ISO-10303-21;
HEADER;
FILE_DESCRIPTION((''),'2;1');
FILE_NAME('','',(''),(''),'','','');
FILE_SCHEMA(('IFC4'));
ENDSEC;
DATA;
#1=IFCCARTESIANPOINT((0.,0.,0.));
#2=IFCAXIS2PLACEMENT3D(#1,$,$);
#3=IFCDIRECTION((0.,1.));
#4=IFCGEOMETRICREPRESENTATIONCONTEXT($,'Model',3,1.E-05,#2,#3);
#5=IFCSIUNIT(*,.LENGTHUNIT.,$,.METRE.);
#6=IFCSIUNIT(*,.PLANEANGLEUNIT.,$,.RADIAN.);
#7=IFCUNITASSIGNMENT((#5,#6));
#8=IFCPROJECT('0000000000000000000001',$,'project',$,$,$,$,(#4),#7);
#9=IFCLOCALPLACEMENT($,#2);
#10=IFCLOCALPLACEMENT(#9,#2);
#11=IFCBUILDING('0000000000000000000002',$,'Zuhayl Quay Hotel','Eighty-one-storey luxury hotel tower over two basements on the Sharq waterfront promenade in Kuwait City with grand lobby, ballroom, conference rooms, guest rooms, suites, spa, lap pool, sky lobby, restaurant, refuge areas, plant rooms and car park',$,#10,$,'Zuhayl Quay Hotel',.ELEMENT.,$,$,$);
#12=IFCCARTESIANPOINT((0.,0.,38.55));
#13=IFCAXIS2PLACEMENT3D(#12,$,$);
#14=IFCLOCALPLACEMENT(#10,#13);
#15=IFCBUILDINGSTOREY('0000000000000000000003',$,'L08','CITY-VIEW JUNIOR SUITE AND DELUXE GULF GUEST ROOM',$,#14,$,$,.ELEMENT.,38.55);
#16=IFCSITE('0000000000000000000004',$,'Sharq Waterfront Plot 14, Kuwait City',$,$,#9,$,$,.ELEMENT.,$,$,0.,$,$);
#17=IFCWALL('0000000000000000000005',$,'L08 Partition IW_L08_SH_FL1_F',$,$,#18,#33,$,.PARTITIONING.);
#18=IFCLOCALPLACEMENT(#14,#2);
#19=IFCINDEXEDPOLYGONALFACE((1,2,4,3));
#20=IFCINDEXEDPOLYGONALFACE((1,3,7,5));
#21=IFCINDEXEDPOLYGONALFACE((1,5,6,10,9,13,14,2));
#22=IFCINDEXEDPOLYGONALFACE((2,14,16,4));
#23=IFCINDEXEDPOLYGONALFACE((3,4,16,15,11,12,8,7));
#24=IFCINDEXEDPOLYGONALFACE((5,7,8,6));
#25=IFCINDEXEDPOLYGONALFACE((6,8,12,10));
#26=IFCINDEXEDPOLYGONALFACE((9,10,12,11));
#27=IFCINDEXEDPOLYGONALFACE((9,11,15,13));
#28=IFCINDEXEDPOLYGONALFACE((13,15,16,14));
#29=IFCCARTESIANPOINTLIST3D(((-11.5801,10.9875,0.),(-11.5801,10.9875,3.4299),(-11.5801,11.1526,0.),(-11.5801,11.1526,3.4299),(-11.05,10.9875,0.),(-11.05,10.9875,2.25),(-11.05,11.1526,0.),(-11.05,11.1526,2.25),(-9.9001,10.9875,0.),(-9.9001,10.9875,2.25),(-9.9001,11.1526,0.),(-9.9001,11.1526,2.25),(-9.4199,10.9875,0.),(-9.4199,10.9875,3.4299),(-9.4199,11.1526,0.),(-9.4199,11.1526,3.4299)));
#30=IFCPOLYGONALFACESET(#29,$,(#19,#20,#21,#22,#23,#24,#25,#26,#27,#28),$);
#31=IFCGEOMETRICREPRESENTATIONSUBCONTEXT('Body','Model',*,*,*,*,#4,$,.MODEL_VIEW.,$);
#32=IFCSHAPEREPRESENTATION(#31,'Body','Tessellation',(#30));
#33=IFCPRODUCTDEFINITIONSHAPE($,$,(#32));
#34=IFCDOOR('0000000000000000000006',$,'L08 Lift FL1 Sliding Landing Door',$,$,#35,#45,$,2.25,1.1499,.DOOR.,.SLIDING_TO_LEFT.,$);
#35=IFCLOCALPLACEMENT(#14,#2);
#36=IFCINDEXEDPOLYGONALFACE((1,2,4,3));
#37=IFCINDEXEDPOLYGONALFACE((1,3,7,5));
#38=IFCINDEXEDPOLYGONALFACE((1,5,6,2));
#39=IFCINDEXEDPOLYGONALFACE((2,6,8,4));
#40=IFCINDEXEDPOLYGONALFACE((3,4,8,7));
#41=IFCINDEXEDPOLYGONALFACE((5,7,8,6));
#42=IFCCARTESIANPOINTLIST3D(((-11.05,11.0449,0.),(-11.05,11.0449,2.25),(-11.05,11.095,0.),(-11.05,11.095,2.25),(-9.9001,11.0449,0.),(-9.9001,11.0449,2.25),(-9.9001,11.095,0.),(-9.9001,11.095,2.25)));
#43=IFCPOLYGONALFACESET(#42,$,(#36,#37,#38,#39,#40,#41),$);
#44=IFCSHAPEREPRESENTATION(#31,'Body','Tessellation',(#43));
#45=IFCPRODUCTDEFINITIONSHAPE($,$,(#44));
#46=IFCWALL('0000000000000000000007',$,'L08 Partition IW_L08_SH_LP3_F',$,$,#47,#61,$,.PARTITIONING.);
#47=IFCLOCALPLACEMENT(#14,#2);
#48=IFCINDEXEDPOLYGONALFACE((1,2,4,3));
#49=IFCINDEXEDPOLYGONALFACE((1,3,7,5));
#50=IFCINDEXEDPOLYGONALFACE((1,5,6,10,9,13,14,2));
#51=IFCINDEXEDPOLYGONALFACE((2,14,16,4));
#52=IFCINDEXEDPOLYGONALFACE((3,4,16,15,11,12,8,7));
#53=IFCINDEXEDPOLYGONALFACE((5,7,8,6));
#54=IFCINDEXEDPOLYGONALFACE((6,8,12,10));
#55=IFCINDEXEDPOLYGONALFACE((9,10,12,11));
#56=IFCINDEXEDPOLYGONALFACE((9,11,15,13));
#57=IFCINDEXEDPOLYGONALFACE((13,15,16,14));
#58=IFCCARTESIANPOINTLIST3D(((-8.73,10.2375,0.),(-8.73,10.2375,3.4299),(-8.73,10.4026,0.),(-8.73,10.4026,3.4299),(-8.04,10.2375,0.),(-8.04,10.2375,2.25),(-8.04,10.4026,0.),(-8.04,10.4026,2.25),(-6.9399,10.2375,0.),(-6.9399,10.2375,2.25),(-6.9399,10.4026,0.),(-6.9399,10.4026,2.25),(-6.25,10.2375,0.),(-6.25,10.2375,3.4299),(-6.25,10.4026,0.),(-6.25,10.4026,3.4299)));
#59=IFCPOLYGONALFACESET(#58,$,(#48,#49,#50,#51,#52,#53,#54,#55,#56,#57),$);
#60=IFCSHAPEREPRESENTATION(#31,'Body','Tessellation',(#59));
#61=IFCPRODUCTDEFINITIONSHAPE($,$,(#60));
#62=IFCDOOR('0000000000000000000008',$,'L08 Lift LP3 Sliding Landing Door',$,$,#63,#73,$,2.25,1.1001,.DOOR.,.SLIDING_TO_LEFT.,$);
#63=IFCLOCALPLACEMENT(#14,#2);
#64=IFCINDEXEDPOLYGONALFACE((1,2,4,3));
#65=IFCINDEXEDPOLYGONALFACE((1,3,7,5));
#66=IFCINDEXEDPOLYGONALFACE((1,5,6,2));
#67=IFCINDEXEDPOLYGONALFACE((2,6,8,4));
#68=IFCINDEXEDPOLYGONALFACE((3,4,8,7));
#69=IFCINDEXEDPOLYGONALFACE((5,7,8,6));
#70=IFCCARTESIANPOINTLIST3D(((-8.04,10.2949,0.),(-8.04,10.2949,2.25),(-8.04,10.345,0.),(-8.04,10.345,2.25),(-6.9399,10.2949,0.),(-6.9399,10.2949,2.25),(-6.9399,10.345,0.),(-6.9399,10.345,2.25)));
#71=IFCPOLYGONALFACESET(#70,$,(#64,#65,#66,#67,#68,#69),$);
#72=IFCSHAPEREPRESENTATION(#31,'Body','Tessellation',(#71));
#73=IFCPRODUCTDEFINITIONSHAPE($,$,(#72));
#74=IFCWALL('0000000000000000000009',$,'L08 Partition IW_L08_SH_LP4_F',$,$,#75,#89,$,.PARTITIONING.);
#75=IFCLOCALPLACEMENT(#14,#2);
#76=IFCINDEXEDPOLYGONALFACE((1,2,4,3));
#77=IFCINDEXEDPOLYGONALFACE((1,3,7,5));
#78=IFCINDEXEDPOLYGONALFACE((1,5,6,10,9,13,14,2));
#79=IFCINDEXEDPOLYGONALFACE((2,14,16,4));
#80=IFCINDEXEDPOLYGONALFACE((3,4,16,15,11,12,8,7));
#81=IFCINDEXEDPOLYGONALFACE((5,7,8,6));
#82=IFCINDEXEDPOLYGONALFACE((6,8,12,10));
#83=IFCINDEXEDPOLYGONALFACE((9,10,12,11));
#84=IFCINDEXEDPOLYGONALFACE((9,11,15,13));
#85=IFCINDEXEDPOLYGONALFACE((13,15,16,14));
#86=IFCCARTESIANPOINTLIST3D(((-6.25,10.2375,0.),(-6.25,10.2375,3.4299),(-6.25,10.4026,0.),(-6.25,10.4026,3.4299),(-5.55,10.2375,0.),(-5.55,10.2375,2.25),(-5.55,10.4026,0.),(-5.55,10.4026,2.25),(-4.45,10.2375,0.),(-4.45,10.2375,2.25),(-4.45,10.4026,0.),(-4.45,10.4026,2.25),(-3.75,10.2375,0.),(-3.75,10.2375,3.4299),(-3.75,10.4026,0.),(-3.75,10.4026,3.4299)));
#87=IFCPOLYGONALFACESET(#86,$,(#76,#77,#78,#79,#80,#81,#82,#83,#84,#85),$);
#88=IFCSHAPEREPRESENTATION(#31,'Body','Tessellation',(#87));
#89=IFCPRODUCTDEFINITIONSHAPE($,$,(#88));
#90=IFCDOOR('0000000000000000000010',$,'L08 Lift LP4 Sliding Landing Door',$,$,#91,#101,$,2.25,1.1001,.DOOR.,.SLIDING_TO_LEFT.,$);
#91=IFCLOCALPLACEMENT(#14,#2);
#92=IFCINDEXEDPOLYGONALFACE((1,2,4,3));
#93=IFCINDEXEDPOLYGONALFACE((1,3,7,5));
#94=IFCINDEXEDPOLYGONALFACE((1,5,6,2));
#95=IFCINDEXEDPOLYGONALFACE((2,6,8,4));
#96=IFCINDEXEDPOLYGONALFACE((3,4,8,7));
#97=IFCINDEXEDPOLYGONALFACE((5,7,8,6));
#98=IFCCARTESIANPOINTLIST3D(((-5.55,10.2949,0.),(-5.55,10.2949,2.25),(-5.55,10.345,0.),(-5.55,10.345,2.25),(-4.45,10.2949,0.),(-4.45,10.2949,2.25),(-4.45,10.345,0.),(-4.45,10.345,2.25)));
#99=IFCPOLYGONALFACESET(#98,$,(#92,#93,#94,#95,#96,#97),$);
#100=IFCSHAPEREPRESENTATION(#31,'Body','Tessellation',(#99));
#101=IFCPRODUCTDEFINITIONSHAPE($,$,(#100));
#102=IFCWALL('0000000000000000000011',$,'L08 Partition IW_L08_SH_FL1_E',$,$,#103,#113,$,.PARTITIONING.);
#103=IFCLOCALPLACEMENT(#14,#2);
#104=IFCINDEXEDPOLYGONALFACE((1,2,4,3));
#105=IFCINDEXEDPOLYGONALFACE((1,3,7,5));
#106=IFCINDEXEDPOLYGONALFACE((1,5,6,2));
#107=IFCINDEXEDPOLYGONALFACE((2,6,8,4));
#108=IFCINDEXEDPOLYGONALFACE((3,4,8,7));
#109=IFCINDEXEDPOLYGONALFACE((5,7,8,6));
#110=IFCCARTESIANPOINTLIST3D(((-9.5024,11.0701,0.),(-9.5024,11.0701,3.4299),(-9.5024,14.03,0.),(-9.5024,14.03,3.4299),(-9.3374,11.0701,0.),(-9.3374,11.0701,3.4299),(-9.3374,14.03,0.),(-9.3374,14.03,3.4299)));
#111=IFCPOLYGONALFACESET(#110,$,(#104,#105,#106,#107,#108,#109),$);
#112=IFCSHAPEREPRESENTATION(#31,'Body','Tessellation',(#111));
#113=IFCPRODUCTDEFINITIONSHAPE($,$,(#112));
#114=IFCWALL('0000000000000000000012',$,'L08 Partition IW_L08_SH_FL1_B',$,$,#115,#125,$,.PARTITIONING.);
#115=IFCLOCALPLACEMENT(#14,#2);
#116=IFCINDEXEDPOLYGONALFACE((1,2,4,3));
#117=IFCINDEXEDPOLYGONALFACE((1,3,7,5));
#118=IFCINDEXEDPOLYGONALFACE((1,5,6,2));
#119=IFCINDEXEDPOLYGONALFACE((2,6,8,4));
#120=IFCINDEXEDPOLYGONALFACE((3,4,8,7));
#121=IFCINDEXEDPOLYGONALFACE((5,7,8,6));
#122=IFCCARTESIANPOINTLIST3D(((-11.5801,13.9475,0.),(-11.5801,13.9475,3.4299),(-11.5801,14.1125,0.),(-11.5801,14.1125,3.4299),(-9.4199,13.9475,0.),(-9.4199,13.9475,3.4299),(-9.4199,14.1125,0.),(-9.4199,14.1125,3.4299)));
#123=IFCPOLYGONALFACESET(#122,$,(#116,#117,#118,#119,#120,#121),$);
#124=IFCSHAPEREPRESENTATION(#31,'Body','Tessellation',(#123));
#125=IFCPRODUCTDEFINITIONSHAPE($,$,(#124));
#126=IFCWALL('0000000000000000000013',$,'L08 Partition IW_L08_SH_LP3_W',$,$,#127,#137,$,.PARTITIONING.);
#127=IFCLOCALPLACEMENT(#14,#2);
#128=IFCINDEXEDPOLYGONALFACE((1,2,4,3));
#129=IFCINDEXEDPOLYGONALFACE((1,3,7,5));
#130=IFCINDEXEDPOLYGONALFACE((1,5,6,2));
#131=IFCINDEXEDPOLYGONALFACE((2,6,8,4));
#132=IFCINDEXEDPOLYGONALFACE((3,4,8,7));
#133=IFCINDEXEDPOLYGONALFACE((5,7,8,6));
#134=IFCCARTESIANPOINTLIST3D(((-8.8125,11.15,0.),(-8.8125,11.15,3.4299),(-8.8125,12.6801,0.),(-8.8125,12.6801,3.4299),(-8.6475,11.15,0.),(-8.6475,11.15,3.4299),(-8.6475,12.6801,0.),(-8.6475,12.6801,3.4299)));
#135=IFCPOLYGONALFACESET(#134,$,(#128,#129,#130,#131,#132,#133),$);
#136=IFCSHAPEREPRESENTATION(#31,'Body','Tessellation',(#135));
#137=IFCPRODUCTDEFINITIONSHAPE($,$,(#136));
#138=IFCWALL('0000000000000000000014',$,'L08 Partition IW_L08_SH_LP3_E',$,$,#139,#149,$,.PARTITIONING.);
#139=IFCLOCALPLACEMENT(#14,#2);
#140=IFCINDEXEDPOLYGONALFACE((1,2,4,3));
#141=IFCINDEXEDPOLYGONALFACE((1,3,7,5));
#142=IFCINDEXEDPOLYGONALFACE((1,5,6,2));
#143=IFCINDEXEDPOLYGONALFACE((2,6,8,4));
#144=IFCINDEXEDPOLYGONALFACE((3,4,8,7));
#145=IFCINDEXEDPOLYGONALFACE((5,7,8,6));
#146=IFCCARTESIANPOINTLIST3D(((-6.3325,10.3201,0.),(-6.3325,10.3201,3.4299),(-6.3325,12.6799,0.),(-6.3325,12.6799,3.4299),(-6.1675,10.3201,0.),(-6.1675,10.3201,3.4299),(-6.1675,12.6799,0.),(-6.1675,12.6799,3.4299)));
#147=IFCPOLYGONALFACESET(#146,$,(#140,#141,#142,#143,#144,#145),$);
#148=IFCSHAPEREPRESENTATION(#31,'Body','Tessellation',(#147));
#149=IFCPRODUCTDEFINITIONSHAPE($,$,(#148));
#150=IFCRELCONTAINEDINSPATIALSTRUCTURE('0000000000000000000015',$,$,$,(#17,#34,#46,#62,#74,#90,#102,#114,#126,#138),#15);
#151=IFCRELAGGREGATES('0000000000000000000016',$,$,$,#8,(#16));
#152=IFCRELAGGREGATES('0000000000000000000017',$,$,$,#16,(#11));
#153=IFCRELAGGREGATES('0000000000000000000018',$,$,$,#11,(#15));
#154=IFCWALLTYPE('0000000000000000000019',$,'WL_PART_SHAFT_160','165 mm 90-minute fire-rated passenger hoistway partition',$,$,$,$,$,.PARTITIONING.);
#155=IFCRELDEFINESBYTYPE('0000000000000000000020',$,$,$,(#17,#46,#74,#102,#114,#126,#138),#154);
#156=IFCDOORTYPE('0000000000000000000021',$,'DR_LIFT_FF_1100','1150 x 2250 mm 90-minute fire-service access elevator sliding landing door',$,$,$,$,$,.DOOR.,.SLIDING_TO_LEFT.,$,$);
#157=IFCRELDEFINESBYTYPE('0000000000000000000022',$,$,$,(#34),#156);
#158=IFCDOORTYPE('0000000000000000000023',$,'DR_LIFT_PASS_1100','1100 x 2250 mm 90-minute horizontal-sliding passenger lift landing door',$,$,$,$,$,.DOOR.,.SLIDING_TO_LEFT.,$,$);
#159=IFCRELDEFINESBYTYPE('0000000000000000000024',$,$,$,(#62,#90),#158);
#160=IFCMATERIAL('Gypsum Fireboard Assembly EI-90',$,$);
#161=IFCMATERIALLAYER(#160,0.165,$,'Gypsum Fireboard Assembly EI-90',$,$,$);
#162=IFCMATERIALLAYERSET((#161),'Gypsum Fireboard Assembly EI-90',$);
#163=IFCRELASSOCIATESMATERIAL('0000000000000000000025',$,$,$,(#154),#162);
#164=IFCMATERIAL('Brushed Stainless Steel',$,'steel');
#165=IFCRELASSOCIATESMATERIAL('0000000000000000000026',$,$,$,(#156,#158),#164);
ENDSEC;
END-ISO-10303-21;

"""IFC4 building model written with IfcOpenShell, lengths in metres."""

from ifc_helpers import new_model, si_unit, direction, frame, frame_2d, origin, place, context, subcontext, project, spatial, rectangle, extrude, material, layer, layer_set, type_object, element, fill, save


model = new_model("IFC4")

# Units and contexts
model_context = context("Model", 3, precision=1e-05, world=origin(), true_north=direction((0.0, 1.0)))
body_context = subcontext(model_context, "Body", "Model", "MODEL_VIEW")
ifc_project = project(units=[si_unit("LENGTHUNIT", "METRE"), si_unit("PLANEANGLEUNIT", "RADIAN")], contexts=[model_context])

# Site, building, storey
site_placement = place(None, origin())
site = spatial("IfcSite", under=ifc_project, at=site_placement, Name="Sharq Waterfront Plot 14, Kuwait City", CompositionType="ELEMENT", RefElevation=0.0)
building_placement = place(site_placement, origin())
building = spatial("IfcBuilding", under=site, at=building_placement, Name="Zuhayl Quay Hotel", Description="Eighty-one-storey luxury hotel tower over two basements on the Sharq waterfront promenade in Kuwait City with grand lobby, ballroom, conference rooms, guest rooms, suites, spa, lap pool, sky lobby, restaurant, refuge areas, plant rooms and car park", LongName="Zuhayl Quay Hotel", CompositionType="ELEMENT")
storey_placement = place(building_placement, frame((0.0, 0.0, 38.55)))
storey = spatial("IfcBuildingStorey", under=building, at=storey_placement, Name="L08", Description="CITY-VIEW JUNIOR SUITE AND DELUXE GULF GUEST ROOM", CompositionType="ELEMENT", Elevation=38.55)

# Walls, openings, doors
ifc_material_1 = material(Name="Gypsum Fireboard Assembly EI-90")
ifc_layer_1 = layer(ifc_material_1, 0.165, Name="Gypsum Fireboard Assembly EI-90")
ifc_layer_set_1 = layer_set([ifc_layer_1], Name="Gypsum Fireboard Assembly EI-90")
wall_type_1 = type_object("IfcWallType", Name="WL_PART_SHAFT_160", Description="165 mm 90-minute fire-rated passenger hoistway partition", PredefinedType="PARTITIONING", material=ifc_layer_set_1)
wall_1_placement = place(storey_placement, frame((-11.5801, 11.0701, 0.0), z_axis=(0.0, 0.0, 1.0), x_axis=(1.0, 0.0, 0.0)))
wall_1 = element("IfcWall", 1, at=wall_1_placement, inside=storey, type_object=wall_type_1, Name="L08 Partition IW_L08_SH_FL1_F", PredefinedType="PARTITIONING", context=body_context, shape_type="SweptSolid", body=[
    extrude(rectangle(XDim=2.1602, YDim=0.165, at=frame_2d((1.0801, 0.0))), origin(), (0.0, 0.0, 1.0), 3.4299),
])
opening_1_placement = place(wall_1_placement, frame((0.53, 0.0, 0.0)))
opening_1 = element("IfcOpeningElement", 2, at=opening_1_placement, cuts=wall_1, PredefinedType="OPENING", context=body_context, shape_type="SweptSolid", body=[
    extrude(rectangle(XDim=1.1499, YDim=2.25, at=frame_2d((0.575, 1.125))), frame((0.0, 0.0925, 0.0), z_axis=(0.0, -1.0, 0.0), x_axis=(1.0, 0.0, 0.0)), (0.0, 0.0, 1.0), 0.1851),
])
ifc_material_2 = material(Name="Brushed Stainless Steel", Category="steel")
door_type_1 = type_object("IfcDoorType", Name="DR_LIFT_FF_1100", Description="1150 x 2250 mm 90-minute fire-service access elevator sliding landing door", OperationType="SLIDING_TO_LEFT", PredefinedType="DOOR", material=ifc_material_2)
door_1_placement = place(opening_1_placement, origin())
door_1 = element("IfcDoor", 3, at=door_1_placement, inside=storey, type_object=door_type_1, Name="L08 Lift FL1 Sliding Landing Door", OperationType="SLIDING_TO_LEFT", OverallHeight=2.25, OverallWidth=1.1499, PredefinedType="DOOR", context=body_context, shape_type="SweptSolid", body=[
    extrude(rectangle(XDim=1.1499, YDim=2.25, at=frame_2d((0.575, 1.125))), frame((0.0, 0.0249, 0.0), z_axis=(0.0, -1.0, 0.0), x_axis=(1.0, 0.0, 0.0)), (0.0, 0.0, 1.0), 0.05),
])
fill(opening_1, door_1)
wall_2_placement = place(storey_placement, frame((-8.73, 10.3201, 0.0), z_axis=(0.0, 0.0, 1.0), x_axis=(1.0, 0.0, 0.0)))
wall_2 = element("IfcWall", 4, at=wall_2_placement, inside=storey, type_object=wall_type_1, Name="L08 Partition IW_L08_SH_LP3_F", PredefinedType="PARTITIONING", context=body_context, shape_type="SweptSolid", body=[
    extrude(rectangle(XDim=2.48, YDim=0.165, at=frame_2d((1.24, 0.0))), origin(), (0.0, 0.0, 1.0), 3.4299),
])
opening_2_placement = place(wall_2_placement, frame((0.6899, 0.0, 0.0)))
opening_2 = element("IfcOpeningElement", 5, at=opening_2_placement, cuts=wall_2, PredefinedType="OPENING", context=body_context, shape_type="SweptSolid", body=[
    extrude(rectangle(XDim=1.1001, YDim=2.25, at=frame_2d((0.55, 1.125))), frame((0.0, 0.0925, 0.0), z_axis=(0.0, -1.0, 0.0), x_axis=(1.0, 0.0, 0.0)), (0.0, 0.0, 1.0), 0.1851),
])
door_type_2 = type_object("IfcDoorType", Name="DR_LIFT_PASS_1100", Description="1100 x 2250 mm 90-minute horizontal-sliding passenger lift landing door", OperationType="SLIDING_TO_LEFT", PredefinedType="DOOR", material=ifc_material_2)
door_2_placement = place(opening_2_placement, origin())
door_2 = element("IfcDoor", 6, at=door_2_placement, inside=storey, type_object=door_type_2, Name="L08 Lift LP3 Sliding Landing Door", OperationType="SLIDING_TO_LEFT", OverallHeight=2.25, OverallWidth=1.1001, PredefinedType="DOOR", context=body_context, shape_type="SweptSolid", body=[
    extrude(rectangle(XDim=1.1001, YDim=2.25, at=frame_2d((0.55, 1.125))), frame((0.0, 0.0249, 0.0), z_axis=(0.0, -1.0, 0.0), x_axis=(1.0, 0.0, 0.0)), (0.0, 0.0, 1.0), 0.05),
])
fill(opening_2, door_2)
wall_3_placement = place(storey_placement, frame((-6.25, 10.3201, 0.0), z_axis=(0.0, 0.0, 1.0), x_axis=(1.0, 0.0, 0.0)))
wall_3 = element("IfcWall", 7, at=wall_3_placement, inside=storey, type_object=wall_type_1, Name="L08 Partition IW_L08_SH_LP4_F", PredefinedType="PARTITIONING", context=body_context, shape_type="SweptSolid", body=[
    extrude(rectangle(XDim=2.5, YDim=0.165, at=frame_2d((1.25, 0.0))), origin(), (0.0, 0.0, 1.0), 3.4299),
])
opening_3_placement = place(wall_3_placement, frame((0.7, 0.0, 0.0)))
opening_3 = element("IfcOpeningElement", 8, at=opening_3_placement, cuts=wall_3, PredefinedType="OPENING", context=body_context, shape_type="SweptSolid", body=[
    extrude(rectangle(XDim=1.1001, YDim=2.25, at=frame_2d((0.55, 1.125))), frame((0.0, 0.0925, 0.0), z_axis=(0.0, -1.0, 0.0), x_axis=(1.0, 0.0, 0.0)), (0.0, 0.0, 1.0), 0.1851),
])
door_3_placement = place(opening_3_placement, origin())
door_3 = element("IfcDoor", 9, at=door_3_placement, inside=storey, type_object=door_type_2, Name="L08 Lift LP4 Sliding Landing Door", OperationType="SLIDING_TO_LEFT", OverallHeight=2.25, OverallWidth=1.1001, PredefinedType="DOOR", context=body_context, shape_type="SweptSolid", body=[
    extrude(rectangle(XDim=1.1001, YDim=2.25, at=frame_2d((0.55, 1.125))), frame((0.0, 0.0249, 0.0), z_axis=(0.0, -1.0, 0.0), x_axis=(1.0, 0.0, 0.0)), (0.0, 0.0, 1.0), 0.05),
])
fill(opening_3, door_3)

# Walls
wall_4_placement = place(storey_placement, frame((-9.4199, 11.0701, 0.0), z_axis=(0.0, 0.0, 1.0), x_axis=(0.0, 1.0, 0.0)))
element("IfcWall", 10, at=wall_4_placement, inside=storey, type_object=wall_type_1, Name="L08 Partition IW_L08_SH_FL1_E", PredefinedType="PARTITIONING", context=body_context, shape_type="SweptSolid", body=[
    extrude(rectangle(XDim=2.96, YDim=0.165, at=frame_2d((1.48, 0.0))), origin(), (0.0, 0.0, 1.0), 3.4299),
])
wall_5_placement = place(storey_placement, frame((-11.5801, 14.03, 0.0), z_axis=(0.0, 0.0, 1.0), x_axis=(1.0, 0.0, 0.0)))
element("IfcWall", 11, at=wall_5_placement, inside=storey, type_object=wall_type_1, Name="L08 Partition IW_L08_SH_FL1_B", PredefinedType="PARTITIONING", context=body_context, shape_type="SweptSolid", body=[
    extrude(rectangle(XDim=2.1602, YDim=0.165, at=frame_2d((1.0801, 0.0))), origin(), (0.0, 0.0, 1.0), 3.4299),
])
wall_6_placement = place(storey_placement, frame((-8.73, 11.1499, 0.0), z_axis=(0.0, 0.0, 1.0), x_axis=(0.0, 1.0, 0.0)))
element("IfcWall", 12, at=wall_6_placement, inside=storey, type_object=wall_type_1, Name="L08 Partition IW_L08_SH_LP3_W", PredefinedType="PARTITIONING", context=body_context, shape_type="SweptSolid", body=[
    extrude(rectangle(XDim=1.53, YDim=0.165, at=frame_2d((0.7651, 0.0))), origin(), (0.0, 0.0, 1.0), 3.4299),
])
wall_7_placement = place(storey_placement, frame((-6.25, 10.3201, 0.0), z_axis=(0.0, 0.0, 1.0), x_axis=(0.0, 1.0, 0.0)))
element("IfcWall", 13, at=wall_7_placement, inside=storey, type_object=wall_type_1, Name="L08 Partition IW_L08_SH_LP3_E", PredefinedType="PARTITIONING", context=body_context, shape_type="SweptSolid", body=[
    extrude(rectangle(XDim=2.3599, YDim=0.165, at=frame_2d((1.1799, 0.0))), origin(), (0.0, 0.0, 1.0), 3.4299),
])

save(model, "model.ifc")
